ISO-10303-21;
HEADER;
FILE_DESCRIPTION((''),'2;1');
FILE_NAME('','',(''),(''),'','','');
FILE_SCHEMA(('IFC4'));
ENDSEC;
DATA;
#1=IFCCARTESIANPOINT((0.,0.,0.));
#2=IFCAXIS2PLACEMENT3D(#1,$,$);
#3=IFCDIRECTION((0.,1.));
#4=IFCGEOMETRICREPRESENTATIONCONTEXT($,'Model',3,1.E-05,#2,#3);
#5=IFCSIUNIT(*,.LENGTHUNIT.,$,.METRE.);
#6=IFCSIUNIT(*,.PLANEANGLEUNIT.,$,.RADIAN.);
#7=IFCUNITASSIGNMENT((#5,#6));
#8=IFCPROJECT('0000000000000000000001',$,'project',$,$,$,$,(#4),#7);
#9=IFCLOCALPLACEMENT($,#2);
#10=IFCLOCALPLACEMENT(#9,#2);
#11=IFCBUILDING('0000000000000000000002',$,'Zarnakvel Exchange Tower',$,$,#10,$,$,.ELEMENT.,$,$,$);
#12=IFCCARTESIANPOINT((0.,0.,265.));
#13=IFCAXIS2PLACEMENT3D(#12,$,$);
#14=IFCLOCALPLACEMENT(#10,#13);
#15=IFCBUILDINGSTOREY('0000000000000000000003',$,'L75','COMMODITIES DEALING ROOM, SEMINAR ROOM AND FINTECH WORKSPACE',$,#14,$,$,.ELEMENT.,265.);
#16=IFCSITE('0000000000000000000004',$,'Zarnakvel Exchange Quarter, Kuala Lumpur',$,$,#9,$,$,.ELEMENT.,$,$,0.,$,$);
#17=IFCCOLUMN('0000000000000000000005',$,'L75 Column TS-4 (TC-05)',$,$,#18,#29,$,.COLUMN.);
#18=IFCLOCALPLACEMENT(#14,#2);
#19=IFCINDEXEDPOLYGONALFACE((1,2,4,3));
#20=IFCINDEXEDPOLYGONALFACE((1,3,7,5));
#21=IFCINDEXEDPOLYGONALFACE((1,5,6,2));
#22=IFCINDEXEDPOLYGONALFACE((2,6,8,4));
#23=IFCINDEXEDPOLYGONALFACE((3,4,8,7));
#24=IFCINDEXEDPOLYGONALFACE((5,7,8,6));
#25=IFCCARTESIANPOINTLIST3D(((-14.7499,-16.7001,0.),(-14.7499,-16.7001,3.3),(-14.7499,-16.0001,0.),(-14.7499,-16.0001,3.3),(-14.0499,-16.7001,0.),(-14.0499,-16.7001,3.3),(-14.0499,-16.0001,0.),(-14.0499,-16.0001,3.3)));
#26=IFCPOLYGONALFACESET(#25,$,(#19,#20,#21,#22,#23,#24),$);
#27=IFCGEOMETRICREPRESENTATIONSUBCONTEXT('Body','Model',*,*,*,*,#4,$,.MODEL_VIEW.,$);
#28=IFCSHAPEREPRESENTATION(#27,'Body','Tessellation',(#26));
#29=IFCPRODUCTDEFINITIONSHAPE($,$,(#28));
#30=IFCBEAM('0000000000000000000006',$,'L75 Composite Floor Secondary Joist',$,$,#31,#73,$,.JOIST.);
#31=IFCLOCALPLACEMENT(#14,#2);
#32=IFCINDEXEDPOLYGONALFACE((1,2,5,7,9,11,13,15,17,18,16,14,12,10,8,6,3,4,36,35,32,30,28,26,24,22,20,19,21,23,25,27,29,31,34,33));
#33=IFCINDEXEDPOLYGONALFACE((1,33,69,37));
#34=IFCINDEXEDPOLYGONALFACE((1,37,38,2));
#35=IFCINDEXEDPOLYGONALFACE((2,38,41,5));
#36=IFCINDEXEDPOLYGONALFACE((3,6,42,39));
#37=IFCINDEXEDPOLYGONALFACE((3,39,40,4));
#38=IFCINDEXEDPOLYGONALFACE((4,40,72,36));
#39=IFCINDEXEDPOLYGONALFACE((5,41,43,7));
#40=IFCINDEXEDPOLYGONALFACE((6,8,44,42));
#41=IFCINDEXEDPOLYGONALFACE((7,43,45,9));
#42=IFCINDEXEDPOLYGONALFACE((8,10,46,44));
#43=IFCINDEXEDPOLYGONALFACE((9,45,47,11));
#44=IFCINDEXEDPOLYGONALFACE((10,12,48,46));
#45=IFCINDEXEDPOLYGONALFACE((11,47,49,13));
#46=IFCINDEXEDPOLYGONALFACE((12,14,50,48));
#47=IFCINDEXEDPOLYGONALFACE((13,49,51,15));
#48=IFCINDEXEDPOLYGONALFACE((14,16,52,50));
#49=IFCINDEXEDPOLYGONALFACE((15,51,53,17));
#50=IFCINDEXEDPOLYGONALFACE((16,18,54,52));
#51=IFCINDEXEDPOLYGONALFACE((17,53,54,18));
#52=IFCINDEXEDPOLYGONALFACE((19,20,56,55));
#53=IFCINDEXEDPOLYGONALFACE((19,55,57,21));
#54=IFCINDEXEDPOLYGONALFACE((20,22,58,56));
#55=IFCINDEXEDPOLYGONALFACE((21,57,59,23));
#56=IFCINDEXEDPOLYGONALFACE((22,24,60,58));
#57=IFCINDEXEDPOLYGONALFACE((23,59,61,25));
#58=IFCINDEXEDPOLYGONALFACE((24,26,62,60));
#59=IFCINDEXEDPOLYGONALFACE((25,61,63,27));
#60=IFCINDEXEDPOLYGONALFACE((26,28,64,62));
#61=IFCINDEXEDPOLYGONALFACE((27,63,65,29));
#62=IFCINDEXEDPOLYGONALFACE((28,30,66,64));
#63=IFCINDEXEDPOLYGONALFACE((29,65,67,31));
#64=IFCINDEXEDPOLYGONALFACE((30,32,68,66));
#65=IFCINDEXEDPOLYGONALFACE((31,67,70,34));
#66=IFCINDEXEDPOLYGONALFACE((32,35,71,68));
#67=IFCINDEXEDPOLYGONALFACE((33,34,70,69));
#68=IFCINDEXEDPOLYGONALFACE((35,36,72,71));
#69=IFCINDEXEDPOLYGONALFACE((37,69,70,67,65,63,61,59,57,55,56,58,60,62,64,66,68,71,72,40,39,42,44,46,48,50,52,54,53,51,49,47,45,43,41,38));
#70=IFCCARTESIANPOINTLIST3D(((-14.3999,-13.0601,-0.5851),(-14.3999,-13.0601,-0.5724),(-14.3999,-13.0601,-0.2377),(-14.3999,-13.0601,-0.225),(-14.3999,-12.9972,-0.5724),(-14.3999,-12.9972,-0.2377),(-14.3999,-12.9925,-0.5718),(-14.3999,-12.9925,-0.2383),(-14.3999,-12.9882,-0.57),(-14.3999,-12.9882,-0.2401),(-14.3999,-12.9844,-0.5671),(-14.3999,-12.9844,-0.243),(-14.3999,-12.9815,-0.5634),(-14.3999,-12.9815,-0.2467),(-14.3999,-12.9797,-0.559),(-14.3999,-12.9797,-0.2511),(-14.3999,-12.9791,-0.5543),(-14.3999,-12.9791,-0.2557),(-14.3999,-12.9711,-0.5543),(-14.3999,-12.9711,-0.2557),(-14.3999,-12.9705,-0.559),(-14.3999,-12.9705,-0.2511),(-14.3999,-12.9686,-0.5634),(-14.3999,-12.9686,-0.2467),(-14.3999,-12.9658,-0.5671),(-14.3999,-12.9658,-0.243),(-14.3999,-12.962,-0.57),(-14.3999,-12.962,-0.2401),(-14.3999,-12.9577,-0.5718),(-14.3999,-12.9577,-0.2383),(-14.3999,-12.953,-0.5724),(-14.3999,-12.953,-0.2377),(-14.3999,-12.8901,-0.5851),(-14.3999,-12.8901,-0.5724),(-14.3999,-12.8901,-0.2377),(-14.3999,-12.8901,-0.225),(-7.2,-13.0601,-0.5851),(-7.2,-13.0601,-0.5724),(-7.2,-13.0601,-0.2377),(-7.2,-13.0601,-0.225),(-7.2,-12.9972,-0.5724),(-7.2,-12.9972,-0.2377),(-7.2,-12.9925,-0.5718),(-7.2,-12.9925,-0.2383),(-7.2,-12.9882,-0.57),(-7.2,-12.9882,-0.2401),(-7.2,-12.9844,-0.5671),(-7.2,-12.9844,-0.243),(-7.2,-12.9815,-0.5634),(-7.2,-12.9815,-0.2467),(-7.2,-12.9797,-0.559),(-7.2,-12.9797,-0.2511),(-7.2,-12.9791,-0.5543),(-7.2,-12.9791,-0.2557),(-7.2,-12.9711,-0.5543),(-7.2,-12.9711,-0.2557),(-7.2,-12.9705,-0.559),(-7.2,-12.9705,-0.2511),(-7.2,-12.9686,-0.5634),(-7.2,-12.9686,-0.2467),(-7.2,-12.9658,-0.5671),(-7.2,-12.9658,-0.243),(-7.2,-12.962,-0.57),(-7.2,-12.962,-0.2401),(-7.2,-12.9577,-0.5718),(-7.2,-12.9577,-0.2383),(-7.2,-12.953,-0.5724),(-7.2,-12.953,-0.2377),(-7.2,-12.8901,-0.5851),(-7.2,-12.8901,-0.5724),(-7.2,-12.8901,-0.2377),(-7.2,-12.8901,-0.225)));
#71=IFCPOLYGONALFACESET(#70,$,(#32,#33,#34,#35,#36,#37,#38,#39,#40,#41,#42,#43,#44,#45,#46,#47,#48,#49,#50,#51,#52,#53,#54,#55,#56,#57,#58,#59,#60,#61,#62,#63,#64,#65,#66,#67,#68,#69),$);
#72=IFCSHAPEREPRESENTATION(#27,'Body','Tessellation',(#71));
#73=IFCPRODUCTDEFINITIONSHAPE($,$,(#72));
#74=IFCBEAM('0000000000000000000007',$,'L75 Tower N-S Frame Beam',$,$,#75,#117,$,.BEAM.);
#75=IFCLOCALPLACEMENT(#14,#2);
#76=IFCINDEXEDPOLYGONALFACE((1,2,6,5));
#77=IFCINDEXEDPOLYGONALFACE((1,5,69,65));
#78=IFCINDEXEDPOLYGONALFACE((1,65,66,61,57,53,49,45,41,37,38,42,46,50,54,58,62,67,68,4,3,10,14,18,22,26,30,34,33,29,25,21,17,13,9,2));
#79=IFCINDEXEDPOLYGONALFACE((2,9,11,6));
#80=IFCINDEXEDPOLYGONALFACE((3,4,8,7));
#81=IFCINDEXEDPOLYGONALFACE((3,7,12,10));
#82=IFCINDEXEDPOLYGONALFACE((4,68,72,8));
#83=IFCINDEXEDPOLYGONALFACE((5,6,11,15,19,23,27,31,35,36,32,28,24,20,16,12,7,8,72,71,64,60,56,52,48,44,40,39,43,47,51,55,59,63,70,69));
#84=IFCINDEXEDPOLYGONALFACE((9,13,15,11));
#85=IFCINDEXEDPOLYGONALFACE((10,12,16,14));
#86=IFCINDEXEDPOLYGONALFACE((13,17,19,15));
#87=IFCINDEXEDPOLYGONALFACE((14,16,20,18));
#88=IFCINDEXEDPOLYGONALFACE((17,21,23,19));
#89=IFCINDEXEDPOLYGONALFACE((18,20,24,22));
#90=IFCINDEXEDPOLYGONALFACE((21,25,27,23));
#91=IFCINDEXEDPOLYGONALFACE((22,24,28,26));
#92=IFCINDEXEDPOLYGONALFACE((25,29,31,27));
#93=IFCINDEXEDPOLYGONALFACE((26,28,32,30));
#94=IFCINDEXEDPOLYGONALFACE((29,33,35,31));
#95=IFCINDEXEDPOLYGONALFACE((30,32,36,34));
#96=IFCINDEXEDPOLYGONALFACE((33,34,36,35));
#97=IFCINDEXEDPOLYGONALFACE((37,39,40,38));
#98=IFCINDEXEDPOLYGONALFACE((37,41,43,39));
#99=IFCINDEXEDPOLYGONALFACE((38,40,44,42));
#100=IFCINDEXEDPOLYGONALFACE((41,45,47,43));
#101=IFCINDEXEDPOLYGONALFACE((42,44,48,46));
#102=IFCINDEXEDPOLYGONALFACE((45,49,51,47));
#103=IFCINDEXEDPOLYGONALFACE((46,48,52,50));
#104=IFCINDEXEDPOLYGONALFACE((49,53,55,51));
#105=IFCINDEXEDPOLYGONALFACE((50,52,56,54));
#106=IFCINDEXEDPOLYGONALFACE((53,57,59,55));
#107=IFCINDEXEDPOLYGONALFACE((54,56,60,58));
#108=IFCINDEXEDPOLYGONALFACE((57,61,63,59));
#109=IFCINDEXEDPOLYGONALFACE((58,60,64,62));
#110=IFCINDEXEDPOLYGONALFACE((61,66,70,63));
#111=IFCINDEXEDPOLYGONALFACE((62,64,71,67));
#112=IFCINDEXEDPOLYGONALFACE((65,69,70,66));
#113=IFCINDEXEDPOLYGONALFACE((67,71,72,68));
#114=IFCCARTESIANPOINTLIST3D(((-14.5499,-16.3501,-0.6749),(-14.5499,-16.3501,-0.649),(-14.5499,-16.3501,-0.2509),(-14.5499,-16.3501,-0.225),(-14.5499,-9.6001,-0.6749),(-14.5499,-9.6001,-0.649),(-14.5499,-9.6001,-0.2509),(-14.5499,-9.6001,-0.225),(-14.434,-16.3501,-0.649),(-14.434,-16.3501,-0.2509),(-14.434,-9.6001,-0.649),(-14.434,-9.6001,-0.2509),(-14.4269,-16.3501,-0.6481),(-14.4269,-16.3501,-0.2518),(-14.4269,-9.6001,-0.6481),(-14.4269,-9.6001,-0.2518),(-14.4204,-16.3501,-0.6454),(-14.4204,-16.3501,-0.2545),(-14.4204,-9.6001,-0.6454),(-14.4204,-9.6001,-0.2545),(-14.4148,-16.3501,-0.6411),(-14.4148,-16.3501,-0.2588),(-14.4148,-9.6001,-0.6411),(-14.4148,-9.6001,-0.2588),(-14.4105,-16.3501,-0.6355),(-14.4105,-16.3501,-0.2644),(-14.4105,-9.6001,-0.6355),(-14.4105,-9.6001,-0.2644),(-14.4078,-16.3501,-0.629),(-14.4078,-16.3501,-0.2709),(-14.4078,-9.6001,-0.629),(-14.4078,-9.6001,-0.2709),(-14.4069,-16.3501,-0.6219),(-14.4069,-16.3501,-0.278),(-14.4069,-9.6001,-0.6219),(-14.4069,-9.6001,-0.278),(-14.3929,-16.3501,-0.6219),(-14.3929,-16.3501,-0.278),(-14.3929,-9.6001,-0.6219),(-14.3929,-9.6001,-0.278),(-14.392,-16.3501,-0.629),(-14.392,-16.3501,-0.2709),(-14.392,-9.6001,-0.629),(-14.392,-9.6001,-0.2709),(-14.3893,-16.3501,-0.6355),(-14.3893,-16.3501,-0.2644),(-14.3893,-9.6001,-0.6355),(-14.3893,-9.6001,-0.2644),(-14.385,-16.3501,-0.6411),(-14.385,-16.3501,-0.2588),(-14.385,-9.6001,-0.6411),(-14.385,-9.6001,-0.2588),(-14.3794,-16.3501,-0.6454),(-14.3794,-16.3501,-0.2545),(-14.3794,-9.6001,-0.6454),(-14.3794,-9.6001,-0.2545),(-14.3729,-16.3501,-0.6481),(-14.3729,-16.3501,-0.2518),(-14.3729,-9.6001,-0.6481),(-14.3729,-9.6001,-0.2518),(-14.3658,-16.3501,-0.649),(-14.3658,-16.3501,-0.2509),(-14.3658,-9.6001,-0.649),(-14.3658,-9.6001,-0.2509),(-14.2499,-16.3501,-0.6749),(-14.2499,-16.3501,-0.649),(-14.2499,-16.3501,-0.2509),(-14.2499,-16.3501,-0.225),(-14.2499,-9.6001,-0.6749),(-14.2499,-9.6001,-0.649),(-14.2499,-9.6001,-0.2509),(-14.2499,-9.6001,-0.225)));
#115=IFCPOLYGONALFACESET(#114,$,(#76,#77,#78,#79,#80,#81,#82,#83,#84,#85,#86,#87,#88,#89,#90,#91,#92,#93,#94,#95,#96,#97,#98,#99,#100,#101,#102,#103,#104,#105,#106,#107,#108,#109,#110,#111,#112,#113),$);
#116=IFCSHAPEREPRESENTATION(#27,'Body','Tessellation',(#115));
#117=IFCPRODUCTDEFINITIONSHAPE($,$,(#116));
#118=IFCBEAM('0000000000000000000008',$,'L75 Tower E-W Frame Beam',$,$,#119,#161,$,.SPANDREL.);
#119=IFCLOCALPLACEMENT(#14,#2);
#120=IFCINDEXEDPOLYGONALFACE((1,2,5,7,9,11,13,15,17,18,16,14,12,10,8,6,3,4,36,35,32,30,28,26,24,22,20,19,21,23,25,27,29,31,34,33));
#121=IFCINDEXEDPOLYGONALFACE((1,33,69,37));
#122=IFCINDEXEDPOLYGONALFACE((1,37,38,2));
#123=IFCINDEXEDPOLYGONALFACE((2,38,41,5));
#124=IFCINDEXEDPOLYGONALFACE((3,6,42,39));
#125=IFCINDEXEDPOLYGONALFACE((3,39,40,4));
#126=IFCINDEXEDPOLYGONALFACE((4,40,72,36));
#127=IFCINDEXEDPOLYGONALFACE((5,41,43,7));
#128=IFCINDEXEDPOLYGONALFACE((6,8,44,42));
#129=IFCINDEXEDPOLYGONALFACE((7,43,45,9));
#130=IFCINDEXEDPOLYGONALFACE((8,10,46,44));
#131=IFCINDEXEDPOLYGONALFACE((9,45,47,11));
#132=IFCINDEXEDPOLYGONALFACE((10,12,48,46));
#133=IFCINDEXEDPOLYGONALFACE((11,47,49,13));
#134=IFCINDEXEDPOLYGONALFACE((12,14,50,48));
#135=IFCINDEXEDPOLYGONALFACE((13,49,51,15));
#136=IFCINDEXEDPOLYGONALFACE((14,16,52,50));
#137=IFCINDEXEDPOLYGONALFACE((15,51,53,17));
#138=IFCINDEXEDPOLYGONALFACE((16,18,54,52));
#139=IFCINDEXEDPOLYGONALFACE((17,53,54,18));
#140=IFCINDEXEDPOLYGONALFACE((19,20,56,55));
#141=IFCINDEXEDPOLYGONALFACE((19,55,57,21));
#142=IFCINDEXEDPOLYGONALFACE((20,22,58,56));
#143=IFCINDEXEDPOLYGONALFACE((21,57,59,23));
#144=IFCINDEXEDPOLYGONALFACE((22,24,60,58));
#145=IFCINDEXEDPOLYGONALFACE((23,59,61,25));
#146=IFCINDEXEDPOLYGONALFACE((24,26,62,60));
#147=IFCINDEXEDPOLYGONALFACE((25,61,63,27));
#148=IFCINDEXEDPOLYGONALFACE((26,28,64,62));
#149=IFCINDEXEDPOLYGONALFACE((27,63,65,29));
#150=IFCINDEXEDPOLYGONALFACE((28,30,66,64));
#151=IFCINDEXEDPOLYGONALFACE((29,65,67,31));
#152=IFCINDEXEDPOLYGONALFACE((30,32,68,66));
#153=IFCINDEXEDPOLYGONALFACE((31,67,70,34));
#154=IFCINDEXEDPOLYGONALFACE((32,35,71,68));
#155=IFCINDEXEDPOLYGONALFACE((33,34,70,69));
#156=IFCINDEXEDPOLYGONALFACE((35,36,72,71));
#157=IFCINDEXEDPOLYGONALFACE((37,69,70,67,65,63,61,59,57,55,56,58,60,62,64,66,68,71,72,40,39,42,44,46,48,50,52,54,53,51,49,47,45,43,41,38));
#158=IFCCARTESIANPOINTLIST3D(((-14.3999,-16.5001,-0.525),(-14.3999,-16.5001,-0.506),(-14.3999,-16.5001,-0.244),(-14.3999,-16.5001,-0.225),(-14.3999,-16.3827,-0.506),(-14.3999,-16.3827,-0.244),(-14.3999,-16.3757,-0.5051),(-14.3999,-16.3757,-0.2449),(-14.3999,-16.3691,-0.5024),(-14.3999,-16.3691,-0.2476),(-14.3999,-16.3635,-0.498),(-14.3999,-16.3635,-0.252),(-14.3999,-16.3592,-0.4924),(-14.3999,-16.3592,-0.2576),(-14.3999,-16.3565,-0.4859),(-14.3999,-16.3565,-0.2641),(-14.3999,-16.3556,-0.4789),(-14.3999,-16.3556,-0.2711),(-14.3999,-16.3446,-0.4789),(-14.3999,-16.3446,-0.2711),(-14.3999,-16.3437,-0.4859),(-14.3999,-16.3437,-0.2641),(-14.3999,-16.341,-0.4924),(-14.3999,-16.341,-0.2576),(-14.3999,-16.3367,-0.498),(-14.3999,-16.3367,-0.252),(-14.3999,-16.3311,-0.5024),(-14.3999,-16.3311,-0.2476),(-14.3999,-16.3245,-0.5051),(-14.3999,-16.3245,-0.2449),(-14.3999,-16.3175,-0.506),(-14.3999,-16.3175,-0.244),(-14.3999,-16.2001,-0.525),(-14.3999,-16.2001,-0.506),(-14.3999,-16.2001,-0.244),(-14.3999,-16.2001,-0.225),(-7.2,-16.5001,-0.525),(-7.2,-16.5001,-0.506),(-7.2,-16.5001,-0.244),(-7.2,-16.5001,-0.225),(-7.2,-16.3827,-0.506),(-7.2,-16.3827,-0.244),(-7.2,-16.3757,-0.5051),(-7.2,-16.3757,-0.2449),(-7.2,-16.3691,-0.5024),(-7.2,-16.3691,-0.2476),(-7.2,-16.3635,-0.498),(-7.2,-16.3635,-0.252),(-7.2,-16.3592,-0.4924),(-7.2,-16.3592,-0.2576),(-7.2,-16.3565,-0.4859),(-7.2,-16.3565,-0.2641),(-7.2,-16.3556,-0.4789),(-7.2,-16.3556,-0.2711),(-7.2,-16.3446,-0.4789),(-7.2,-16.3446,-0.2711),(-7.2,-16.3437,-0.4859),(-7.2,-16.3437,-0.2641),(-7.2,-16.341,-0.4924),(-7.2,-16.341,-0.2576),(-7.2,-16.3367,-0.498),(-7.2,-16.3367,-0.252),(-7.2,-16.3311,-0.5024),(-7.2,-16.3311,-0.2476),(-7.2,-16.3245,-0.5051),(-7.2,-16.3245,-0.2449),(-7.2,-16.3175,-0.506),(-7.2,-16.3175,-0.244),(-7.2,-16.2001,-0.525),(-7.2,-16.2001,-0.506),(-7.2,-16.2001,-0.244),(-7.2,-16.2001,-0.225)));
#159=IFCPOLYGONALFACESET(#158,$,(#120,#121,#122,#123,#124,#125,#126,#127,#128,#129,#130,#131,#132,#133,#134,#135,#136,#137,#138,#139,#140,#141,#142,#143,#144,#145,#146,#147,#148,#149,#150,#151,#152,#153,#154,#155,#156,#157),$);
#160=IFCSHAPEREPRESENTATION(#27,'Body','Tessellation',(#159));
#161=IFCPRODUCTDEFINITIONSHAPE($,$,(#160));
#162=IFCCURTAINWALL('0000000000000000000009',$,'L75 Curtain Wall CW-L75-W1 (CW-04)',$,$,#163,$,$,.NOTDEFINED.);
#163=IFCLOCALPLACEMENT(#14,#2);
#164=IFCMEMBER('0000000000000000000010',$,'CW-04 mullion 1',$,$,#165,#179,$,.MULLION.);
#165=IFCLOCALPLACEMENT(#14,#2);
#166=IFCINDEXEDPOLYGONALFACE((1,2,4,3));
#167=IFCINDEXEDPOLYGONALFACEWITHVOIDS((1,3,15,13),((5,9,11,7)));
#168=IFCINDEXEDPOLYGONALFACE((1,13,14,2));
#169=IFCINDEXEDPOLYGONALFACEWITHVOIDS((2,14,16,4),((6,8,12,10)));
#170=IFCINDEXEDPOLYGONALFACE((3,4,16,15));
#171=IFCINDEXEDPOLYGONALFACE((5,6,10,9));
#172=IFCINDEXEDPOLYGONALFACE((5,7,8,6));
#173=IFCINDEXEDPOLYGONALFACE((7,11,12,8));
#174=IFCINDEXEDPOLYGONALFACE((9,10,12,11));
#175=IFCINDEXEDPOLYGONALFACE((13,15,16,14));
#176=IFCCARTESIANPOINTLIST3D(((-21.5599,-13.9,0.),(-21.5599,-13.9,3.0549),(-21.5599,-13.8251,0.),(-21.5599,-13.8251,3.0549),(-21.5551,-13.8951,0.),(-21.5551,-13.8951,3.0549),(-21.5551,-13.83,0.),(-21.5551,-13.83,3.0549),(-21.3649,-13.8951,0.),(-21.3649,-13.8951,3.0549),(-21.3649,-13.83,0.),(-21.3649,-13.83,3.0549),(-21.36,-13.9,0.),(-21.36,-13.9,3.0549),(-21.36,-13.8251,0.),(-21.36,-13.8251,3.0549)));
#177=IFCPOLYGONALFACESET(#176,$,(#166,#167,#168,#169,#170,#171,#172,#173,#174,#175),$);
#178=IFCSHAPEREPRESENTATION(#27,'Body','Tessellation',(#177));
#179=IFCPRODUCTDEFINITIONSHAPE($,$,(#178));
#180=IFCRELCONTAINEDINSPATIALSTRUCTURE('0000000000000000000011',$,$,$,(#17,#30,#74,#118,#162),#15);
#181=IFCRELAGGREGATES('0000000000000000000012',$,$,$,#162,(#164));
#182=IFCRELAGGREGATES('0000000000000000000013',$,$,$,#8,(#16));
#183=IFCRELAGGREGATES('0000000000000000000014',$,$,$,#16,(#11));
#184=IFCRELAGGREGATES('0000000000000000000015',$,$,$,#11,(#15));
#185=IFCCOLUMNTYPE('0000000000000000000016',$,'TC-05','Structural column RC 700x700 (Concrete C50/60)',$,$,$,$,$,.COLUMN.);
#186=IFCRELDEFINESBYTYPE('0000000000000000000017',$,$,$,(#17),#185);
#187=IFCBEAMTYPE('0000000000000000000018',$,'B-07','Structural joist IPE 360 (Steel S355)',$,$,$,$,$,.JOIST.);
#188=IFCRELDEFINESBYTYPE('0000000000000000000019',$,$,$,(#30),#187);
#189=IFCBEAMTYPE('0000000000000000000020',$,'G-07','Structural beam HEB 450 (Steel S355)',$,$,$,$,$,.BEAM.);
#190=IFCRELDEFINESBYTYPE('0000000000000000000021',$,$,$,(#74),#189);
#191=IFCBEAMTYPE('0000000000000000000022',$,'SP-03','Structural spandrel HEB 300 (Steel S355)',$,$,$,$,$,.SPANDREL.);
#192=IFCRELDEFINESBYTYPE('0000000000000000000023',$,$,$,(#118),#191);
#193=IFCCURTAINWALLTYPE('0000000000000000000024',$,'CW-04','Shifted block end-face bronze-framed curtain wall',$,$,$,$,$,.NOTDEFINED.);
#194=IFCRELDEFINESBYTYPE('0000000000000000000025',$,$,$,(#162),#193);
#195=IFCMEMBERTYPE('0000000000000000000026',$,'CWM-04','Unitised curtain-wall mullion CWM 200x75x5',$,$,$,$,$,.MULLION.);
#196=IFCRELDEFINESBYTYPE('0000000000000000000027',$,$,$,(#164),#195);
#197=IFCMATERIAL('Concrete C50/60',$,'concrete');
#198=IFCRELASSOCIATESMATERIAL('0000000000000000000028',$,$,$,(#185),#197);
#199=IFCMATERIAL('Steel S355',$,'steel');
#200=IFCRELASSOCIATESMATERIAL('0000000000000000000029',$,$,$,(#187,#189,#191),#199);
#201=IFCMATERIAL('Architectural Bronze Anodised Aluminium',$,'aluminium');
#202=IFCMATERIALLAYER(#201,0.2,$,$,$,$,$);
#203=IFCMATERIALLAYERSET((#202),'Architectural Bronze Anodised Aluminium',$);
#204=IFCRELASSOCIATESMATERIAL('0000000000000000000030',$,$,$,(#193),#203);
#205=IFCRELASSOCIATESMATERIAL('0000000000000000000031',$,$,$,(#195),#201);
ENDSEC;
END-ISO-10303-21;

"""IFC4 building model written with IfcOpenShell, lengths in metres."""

from ifc_helpers import new_model, si_unit, direction, frame, origin, origin_2d, place, context, subcontext, project, spatial, rectangle, hollow_rectangle, i_section, extrude, source, transform, mapped, material, layer, layer_set, material_profile, profile_set, type_object, element, aggregate, save


model = new_model("IFC4")

# Units and contexts
model_context = context("Model", 3, precision=1e-05, world=origin(), true_north=direction((0.0, 1.0)))
body_context = subcontext(model_context, "Body", "Model", "MODEL_VIEW")
ifc_project = project(units=[si_unit("LENGTHUNIT", "METRE"), si_unit("PLANEANGLEUNIT", "RADIAN")], contexts=[model_context])

# Site, building, storey
site_placement = place(None, origin())
site = spatial("IfcSite", under=ifc_project, at=site_placement, Name="Zarnakvel Exchange Quarter, Kuala Lumpur", CompositionType="ELEMENT", RefElevation=0.0)
building_placement = place(site_placement, origin())
building = spatial("IfcBuilding", under=site, at=building_placement, Name="Zarnakvel Exchange Tower", CompositionType="ELEMENT")
storey_placement = place(building_placement, frame((0.0, 0.0, 265.0)))
storey = spatial("IfcBuildingStorey", under=building, at=storey_placement, Name="L75", Description="COMMODITIES DEALING ROOM, SEMINAR ROOM AND FINTECH WORKSPACE", CompositionType="ELEMENT", Elevation=265.0)

# Column
ifc_material_1 = material(Name="Concrete C50/60", Category="concrete")
ifc_material_profile_1 = material_profile(ifc_material_1, rectangle(XDim=0.7, YDim=0.7, at=origin_2d()))
ifc_profile_set_1 = profile_set([ifc_material_profile_1], Name="Concrete C50/60")
column_type = type_object("IfcColumnType", Name="TC-05", Description="Structural column RC 700x700 (Concrete C50/60)", PredefinedType="COLUMN", material=ifc_profile_set_1)
column_placement = place(storey_placement, frame((-14.3999, -16.3501, 0.0), z_axis=(0.0, 0.0, 1.0), x_axis=(1.0, 0.0, 0.0)))
element("IfcColumn", 1, at=column_placement, inside=storey, type_object=column_type, Name="L75 Column TS-4 (TC-05)", PredefinedType="COLUMN", context=body_context, shape_type="SweptSolid", body=[
    extrude(rectangle(XDim=0.7, YDim=0.7, at=origin_2d()), origin(), (0.0, 0.0, 1.0), 3.3),
])

# Beams
ifc_material_2 = material(Name="Steel S355", Category="steel")
ifc_material_profile_2 = material_profile(ifc_material_2, i_section(OverallWidth=0.1699, OverallDepth=0.3601, WebThickness=0.0081, FlangeThickness=0.0127, FilletRadius=0.0181, at=origin_2d()))
ifc_profile_set_2 = profile_set([ifc_material_profile_2], Name="Steel S355")
beam_type_1 = type_object("IfcBeamType", Name="B-07", Description="Structural joist IPE 360 (Steel S355)", PredefinedType="JOIST", material=ifc_profile_set_2)
beam_1_placement = place(storey_placement, frame((-14.3999, -12.9751, -0.405), z_axis=(1.0, 0.0, 0.0), x_axis=(0.0, 1.0, 0.0)))
element("IfcBeam", 2, at=beam_1_placement, inside=storey, type_object=beam_type_1, Name="L75 Composite Floor Secondary Joist", PredefinedType="JOIST", context=body_context, shape_type="SweptSolid", body=[
    extrude(i_section(OverallWidth=0.1699, OverallDepth=0.3601, WebThickness=0.0081, FlangeThickness=0.0127, FilletRadius=0.0181, at=origin_2d()), origin(), (0.0, 0.0, 1.0), 7.2),
])
ifc_material_profile_3 = material_profile(ifc_material_2, i_section(OverallWidth=0.3, OverallDepth=0.45, WebThickness=0.0139, FlangeThickness=0.0259, FilletRadius=0.0271, at=origin_2d()))
ifc_profile_set_3 = profile_set([ifc_material_profile_3], Name="Steel S355")
beam_type_2 = type_object("IfcBeamType", Name="G-07", Description="Structural beam HEB 450 (Steel S355)", PredefinedType="BEAM", material=ifc_profile_set_3)
beam_2_placement = place(storey_placement, frame((-14.3999, -16.3501, -0.45), z_axis=(0.0, 1.0, 0.0), x_axis=(-1.0, 0.0, 0.0)))
element("IfcBeam", 3, at=beam_2_placement, inside=storey, type_object=beam_type_2, Name="L75 Tower N-S Frame Beam", PredefinedType="BEAM", context=body_context, shape_type="SweptSolid", body=[
    extrude(i_section(OverallWidth=0.3, OverallDepth=0.45, WebThickness=0.0139, FlangeThickness=0.0259, FilletRadius=0.0271, at=origin_2d()), origin(), (0.0, 0.0, 1.0), 6.75),
])
ifc_material_profile_4 = material_profile(ifc_material_2, i_section(OverallWidth=0.3, OverallDepth=0.3, WebThickness=0.011, FlangeThickness=0.019, FilletRadius=0.0271, at=origin_2d()))
ifc_profile_set_4 = profile_set([ifc_material_profile_4], Name="Steel S355")
beam_type_3 = type_object("IfcBeamType", Name="SP-03", Description="Structural spandrel HEB 300 (Steel S355)", PredefinedType="SPANDREL", material=ifc_profile_set_4)
beam_3_placement = place(storey_placement, frame((-14.3999, -16.3501, -0.375), z_axis=(1.0, 0.0, 0.0), x_axis=(0.0, 1.0, 0.0)))
element("IfcBeam", 4, at=beam_3_placement, inside=storey, type_object=beam_type_3, Name="L75 Tower E-W Frame Beam", PredefinedType="SPANDREL", context=body_context, shape_type="SweptSolid", body=[
    extrude(i_section(OverallWidth=0.3, OverallDepth=0.3, WebThickness=0.011, FlangeThickness=0.019, FilletRadius=0.0271, at=origin_2d()), origin(), (0.0, 0.0, 1.0), 7.2),
])

# Curtain wall, member
ifc_material_3 = material(Name="Architectural Bronze Anodised Aluminium", Category="aluminium")
ifc_layer_1 = layer(ifc_material_3, 0.2)
ifc_layer_set_1 = layer_set([ifc_layer_1], Name="Architectural Bronze Anodised Aluminium")
curtain_wall_type_1 = type_object("IfcCurtainWallType", Name="CW-04", Description="Shifted block end-face bronze-framed curtain wall", PredefinedType="NOTDEFINED", material=ifc_layer_set_1)
curtain_wall_1_placement = place(storey_placement, origin())
curtain_wall_1 = element("IfcCurtainWall", 5, at=curtain_wall_1_placement, inside=storey, type_object=curtain_wall_type_1, Name="L75 Curtain Wall CW-L75-W1 (CW-04)", PredefinedType="NOTDEFINED")
ifc_material_profile_5 = material_profile(ifc_material_3, hollow_rectangle(XDim=0.2, YDim=0.075, WallThickness=0.0049, at=origin_2d()))
ifc_profile_set_5 = profile_set([ifc_material_profile_5], Name="Architectural Bronze Anodised Aluminium")
member_type_1 = type_object("IfcMemberType", Name="CWM-04", Description="Unitised curtain-wall mullion CWM 200x75x5", PredefinedType="MULLION", material=ifc_profile_set_5)
shared_shape_1 = source(origin(), body_context, "Body", "SweptSolid", [
    extrude(hollow_rectangle(XDim=0.2, YDim=0.075, WallThickness=0.0049, at=origin_2d()), origin(), (0.0, 0.0, 1.0), 3.0549),
])
member_1_placement = place(storey_placement, frame((-21.46, -13.8625, 0.0), z_axis=(0.0, 0.0, 1.0), x_axis=(-1.0, 0.0, 0.0)))
member_1 = element("IfcMember", 6, at=member_1_placement, type_object=member_type_1, Name="CW-04 mullion 1", PredefinedType="MULLION", context=body_context, shape_type="MappedRepresentation", body=[
    mapped(shared_shape_1, transform((0.0, 0.0, 0.0), x_axis=(1.0, 0.0, 0.0), y_axis=(0.0, 1.0, 0.0), z_axis=(0.0, 0.0, 1.0), scale=1.0)),
])
aggregate(curtain_wall_1, [member_1])

save(model, "model.ifc")
